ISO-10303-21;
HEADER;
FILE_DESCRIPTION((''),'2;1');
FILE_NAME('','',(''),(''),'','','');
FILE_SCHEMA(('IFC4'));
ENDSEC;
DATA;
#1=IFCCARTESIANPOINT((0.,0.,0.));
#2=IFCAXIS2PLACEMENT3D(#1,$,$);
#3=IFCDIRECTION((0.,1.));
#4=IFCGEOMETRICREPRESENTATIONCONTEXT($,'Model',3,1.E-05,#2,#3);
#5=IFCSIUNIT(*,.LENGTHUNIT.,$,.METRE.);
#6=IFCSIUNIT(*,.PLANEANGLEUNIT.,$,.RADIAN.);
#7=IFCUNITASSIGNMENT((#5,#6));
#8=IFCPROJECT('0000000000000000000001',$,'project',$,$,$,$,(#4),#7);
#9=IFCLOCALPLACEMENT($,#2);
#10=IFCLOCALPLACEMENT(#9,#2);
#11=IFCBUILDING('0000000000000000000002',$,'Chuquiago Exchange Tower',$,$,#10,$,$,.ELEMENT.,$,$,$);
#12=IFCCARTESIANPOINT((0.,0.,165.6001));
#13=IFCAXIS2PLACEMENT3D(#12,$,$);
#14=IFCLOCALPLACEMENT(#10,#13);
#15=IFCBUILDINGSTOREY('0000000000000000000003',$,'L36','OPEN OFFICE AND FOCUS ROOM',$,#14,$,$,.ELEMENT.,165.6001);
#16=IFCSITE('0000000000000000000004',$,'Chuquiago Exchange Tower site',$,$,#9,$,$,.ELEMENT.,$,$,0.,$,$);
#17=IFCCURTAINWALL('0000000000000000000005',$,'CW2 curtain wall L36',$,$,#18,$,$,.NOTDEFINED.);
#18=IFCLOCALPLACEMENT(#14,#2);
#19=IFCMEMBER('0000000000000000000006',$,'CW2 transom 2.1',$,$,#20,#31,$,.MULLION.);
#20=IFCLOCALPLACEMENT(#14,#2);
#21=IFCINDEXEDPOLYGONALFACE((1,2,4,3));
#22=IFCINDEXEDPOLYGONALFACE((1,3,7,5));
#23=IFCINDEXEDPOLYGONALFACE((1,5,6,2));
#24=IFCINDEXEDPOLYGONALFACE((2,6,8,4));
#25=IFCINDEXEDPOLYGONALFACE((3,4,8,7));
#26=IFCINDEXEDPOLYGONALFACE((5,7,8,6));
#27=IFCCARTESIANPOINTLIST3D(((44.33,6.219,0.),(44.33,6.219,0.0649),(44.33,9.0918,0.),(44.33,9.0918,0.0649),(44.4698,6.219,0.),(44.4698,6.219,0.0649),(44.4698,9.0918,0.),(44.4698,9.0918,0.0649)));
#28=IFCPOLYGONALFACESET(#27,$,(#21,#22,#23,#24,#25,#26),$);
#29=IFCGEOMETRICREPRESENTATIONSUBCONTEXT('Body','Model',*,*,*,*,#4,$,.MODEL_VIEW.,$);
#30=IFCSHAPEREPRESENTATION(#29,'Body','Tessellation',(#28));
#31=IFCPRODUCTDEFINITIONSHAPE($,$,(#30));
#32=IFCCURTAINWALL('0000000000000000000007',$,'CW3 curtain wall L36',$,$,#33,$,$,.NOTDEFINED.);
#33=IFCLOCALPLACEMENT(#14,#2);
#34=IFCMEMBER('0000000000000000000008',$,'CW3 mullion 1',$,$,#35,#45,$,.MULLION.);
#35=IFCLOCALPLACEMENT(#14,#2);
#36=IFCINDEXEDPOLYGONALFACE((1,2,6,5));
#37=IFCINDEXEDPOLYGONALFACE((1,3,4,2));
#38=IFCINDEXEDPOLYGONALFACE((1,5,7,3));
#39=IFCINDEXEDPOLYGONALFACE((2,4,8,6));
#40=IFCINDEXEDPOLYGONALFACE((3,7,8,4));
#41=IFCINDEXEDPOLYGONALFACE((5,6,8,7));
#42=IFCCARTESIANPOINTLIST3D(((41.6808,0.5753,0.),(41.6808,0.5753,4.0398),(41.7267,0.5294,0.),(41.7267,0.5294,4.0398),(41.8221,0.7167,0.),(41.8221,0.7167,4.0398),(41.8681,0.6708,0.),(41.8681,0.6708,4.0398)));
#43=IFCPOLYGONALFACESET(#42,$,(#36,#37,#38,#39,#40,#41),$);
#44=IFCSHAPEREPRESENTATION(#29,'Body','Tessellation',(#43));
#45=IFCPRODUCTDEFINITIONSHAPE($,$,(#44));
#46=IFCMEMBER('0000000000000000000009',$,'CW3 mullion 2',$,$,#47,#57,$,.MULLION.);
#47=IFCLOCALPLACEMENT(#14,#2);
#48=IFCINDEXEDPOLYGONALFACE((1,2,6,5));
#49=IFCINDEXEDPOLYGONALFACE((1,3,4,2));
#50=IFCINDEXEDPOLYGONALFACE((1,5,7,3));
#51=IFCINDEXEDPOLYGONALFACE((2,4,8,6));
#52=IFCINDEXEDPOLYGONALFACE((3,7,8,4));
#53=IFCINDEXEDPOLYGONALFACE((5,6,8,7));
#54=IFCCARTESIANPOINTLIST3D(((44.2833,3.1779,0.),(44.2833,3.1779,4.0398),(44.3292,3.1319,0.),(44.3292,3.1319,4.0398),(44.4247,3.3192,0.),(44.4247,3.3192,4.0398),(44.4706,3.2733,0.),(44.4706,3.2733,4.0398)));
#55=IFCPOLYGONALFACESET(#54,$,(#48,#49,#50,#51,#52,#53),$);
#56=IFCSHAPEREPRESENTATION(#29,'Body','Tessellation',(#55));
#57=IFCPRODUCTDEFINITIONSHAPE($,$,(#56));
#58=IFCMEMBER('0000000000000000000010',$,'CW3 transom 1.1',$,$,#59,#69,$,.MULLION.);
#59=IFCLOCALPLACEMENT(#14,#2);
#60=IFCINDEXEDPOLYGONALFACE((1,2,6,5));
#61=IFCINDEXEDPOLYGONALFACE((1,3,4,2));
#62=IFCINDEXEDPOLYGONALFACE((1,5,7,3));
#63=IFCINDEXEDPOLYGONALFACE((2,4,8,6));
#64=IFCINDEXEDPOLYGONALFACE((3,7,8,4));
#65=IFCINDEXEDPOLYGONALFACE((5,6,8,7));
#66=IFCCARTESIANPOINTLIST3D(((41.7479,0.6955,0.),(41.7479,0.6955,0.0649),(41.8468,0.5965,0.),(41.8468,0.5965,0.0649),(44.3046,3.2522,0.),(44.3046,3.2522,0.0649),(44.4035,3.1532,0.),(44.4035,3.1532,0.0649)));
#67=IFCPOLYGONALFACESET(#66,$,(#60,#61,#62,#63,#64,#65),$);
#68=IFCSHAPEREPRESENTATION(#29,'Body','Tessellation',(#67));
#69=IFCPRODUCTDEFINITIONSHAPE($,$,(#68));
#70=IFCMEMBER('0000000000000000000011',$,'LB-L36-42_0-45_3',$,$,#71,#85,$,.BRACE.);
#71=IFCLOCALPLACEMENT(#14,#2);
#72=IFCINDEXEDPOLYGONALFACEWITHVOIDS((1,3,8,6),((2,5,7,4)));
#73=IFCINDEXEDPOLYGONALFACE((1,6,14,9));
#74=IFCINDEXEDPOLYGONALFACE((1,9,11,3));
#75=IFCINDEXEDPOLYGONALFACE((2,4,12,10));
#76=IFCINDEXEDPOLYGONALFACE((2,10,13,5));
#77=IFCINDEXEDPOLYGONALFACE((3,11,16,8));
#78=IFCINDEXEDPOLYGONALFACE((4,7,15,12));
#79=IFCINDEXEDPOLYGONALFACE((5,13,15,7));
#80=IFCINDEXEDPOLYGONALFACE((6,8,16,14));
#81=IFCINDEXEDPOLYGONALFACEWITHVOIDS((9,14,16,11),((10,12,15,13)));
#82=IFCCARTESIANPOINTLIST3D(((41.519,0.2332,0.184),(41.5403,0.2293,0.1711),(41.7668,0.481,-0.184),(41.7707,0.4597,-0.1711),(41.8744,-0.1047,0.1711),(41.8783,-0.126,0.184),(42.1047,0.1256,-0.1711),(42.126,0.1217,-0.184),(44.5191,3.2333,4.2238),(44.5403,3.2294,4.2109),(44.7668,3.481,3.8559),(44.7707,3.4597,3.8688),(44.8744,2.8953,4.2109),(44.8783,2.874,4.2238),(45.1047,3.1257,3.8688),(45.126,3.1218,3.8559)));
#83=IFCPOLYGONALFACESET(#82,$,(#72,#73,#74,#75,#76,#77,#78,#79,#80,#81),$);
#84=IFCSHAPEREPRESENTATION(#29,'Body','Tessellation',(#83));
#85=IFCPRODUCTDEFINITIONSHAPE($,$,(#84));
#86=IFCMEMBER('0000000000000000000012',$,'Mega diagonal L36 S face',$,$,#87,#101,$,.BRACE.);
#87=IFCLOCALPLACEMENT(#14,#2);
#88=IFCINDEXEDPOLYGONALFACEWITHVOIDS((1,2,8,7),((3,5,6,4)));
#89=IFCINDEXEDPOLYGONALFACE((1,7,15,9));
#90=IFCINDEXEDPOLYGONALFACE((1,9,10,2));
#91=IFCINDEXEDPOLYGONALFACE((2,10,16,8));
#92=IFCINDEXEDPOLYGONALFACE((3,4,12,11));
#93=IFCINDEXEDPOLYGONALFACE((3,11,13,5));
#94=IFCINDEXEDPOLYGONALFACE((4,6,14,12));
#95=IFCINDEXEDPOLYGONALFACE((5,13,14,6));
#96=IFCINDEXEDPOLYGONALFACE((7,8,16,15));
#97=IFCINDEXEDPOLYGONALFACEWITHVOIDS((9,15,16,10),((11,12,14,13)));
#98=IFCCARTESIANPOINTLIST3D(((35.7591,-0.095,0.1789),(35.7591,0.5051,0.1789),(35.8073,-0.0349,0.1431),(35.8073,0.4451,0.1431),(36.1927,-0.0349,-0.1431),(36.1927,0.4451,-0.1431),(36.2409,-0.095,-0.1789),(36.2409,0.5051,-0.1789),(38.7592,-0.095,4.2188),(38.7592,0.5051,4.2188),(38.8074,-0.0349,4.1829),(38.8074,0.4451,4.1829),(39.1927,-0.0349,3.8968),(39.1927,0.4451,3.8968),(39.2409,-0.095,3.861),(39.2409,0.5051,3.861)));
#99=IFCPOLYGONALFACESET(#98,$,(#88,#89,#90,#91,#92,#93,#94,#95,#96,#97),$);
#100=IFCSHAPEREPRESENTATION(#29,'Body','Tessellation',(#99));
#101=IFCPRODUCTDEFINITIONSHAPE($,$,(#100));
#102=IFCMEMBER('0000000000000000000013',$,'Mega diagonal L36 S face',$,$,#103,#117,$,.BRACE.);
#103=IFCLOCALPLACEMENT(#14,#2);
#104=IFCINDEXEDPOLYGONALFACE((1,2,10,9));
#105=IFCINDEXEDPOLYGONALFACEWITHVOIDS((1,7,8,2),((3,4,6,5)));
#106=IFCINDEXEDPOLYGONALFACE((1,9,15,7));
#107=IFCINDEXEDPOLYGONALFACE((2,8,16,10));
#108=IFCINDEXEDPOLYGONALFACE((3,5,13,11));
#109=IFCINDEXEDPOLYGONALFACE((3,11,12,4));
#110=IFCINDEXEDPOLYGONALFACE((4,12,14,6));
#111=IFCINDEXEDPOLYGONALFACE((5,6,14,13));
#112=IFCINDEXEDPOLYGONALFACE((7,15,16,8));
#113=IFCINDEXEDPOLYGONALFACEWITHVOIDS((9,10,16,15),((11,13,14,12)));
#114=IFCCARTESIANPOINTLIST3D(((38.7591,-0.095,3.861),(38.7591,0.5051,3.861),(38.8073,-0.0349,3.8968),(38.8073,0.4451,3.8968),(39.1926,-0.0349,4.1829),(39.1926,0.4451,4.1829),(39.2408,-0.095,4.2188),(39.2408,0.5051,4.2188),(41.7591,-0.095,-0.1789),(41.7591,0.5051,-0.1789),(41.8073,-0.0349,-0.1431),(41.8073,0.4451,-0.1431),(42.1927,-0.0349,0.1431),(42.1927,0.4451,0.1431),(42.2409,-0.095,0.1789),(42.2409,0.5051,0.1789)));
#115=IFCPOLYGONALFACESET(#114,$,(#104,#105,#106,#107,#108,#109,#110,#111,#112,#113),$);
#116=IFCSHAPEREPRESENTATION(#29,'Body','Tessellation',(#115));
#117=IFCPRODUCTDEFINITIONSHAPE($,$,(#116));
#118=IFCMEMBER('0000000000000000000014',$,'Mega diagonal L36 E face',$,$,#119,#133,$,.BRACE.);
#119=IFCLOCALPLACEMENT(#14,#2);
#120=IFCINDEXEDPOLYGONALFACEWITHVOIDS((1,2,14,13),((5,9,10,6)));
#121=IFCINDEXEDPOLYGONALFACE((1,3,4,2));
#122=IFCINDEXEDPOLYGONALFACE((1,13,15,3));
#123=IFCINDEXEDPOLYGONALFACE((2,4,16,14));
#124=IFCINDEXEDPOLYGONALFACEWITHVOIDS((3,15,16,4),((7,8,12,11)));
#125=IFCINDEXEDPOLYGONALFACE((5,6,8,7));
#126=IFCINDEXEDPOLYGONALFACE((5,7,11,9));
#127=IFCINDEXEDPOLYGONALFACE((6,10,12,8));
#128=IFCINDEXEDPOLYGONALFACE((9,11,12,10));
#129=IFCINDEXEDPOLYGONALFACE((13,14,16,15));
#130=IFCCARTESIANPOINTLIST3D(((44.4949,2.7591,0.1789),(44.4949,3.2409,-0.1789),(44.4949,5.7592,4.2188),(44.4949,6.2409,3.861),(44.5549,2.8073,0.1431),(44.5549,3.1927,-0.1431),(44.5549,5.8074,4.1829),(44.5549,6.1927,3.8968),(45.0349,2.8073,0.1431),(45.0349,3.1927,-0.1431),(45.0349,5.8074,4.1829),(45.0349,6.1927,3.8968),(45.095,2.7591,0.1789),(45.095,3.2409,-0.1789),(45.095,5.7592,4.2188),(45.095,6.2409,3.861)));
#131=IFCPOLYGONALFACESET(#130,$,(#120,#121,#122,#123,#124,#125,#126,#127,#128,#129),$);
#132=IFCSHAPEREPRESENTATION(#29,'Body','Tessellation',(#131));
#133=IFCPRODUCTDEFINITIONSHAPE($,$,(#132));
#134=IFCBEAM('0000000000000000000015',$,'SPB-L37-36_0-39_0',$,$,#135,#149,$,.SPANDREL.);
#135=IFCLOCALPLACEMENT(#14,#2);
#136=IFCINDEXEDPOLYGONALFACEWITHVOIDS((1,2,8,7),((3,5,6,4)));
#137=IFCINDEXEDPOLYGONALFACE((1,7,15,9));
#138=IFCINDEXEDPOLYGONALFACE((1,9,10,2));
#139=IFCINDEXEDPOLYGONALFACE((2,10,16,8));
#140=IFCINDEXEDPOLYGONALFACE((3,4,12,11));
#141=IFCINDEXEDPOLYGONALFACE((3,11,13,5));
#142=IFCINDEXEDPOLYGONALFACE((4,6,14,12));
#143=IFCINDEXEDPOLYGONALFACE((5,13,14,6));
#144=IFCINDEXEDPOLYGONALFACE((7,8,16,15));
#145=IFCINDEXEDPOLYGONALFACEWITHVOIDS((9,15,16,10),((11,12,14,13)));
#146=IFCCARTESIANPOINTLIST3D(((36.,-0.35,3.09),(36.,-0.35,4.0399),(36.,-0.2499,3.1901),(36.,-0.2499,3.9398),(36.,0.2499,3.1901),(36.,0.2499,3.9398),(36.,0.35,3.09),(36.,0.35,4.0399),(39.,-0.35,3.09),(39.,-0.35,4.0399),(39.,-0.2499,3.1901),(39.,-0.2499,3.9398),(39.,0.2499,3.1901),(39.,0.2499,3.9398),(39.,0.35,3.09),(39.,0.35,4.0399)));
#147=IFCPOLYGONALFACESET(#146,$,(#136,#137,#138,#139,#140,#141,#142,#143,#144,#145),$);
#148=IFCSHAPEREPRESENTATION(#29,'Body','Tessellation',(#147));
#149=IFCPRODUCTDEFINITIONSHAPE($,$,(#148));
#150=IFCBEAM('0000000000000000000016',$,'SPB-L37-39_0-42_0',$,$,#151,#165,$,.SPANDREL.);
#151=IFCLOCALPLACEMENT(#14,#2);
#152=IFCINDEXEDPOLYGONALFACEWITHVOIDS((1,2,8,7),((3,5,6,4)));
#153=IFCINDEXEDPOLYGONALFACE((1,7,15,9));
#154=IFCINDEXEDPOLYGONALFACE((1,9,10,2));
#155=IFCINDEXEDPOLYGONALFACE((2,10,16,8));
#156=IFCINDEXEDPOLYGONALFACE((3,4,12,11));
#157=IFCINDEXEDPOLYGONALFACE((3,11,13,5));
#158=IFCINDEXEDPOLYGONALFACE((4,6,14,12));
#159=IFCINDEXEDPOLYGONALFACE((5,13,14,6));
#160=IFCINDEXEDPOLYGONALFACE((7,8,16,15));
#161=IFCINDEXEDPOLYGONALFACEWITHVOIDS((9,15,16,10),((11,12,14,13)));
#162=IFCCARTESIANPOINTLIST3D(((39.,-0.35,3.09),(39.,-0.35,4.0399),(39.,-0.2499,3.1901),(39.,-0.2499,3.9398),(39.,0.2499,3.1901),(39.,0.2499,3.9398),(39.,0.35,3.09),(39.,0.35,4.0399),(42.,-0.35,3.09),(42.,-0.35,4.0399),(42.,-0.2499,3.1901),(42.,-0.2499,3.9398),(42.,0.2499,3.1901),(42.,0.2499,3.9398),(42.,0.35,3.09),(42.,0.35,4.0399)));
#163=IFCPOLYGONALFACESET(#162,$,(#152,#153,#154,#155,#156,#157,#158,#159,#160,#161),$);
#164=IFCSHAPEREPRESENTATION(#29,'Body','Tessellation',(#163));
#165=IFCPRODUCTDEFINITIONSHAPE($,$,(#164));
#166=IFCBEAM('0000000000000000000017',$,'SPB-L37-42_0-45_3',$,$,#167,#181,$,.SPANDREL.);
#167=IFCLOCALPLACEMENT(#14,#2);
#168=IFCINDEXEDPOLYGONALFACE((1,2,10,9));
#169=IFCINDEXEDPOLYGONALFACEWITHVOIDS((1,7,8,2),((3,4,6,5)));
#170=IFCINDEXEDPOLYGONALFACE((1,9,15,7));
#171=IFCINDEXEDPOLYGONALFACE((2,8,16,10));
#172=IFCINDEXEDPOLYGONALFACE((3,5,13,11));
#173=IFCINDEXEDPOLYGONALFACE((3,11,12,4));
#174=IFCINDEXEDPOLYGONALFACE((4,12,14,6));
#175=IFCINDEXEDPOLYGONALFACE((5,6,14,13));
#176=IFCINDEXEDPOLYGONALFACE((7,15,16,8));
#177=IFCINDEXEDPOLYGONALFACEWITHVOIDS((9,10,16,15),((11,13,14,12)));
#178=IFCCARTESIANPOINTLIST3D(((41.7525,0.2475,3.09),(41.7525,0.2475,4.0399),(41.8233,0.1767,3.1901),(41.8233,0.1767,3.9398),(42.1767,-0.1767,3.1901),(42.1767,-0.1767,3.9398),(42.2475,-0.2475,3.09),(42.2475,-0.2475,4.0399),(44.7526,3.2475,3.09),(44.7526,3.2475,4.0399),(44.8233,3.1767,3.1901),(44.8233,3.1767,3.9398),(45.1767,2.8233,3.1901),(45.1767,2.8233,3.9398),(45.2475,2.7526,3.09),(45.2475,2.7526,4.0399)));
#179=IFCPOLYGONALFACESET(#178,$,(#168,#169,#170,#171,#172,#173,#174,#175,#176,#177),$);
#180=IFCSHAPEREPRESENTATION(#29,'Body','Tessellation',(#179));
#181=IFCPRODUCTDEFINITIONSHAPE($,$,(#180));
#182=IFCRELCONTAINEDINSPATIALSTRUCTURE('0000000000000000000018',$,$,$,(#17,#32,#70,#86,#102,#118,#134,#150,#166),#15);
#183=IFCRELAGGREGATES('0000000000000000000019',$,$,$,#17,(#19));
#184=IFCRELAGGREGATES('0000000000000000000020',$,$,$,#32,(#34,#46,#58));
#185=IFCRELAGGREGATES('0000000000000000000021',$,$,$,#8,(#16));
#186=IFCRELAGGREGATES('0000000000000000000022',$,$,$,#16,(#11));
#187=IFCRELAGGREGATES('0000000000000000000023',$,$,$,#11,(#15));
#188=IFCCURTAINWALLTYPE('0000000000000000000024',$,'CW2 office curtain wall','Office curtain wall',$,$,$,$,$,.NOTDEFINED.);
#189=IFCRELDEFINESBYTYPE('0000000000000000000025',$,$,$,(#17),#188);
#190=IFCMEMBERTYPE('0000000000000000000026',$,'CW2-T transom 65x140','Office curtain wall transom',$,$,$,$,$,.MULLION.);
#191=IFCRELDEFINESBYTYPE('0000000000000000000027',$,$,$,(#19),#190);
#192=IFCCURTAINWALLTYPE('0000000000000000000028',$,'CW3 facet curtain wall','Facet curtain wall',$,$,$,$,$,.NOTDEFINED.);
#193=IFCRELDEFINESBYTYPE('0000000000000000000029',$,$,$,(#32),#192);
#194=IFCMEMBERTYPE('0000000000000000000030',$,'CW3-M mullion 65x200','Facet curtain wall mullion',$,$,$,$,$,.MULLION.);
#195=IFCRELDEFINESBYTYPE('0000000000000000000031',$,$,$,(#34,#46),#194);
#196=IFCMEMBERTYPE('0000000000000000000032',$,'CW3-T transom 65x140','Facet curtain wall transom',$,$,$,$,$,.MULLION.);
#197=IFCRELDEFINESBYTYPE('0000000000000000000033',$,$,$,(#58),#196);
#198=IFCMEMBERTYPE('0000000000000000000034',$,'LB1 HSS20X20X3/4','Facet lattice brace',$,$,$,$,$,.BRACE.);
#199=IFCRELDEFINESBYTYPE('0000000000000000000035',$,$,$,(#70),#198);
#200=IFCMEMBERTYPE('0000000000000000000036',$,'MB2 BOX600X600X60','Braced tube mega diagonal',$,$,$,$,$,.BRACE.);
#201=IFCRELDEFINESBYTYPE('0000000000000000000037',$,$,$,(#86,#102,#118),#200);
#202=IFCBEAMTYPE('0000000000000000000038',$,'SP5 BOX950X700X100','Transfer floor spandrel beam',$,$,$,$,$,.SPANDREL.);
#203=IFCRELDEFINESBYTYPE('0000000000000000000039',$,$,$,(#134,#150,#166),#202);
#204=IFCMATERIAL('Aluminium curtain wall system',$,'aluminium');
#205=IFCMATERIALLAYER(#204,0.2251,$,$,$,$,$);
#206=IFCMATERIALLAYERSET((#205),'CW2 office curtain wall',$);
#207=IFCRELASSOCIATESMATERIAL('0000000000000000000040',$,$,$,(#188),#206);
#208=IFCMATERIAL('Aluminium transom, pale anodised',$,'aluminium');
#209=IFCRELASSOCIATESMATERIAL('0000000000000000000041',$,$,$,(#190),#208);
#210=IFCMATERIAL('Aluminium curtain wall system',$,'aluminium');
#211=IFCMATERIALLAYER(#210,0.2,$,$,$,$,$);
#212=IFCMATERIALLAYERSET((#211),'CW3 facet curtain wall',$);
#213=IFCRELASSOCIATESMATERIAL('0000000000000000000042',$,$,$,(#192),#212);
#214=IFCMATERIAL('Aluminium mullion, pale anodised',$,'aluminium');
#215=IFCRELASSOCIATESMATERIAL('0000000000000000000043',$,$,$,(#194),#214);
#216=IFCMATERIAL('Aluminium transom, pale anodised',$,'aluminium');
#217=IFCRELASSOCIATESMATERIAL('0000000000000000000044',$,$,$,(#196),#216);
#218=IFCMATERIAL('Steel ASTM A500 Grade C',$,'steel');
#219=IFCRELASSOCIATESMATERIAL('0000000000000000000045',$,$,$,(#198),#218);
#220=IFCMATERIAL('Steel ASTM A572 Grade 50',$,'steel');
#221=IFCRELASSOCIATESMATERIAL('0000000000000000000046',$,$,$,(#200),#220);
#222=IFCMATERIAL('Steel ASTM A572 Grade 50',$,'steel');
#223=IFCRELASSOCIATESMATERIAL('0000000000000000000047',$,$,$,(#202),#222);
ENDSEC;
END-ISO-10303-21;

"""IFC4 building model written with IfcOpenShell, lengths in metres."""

from ifc_helpers import new_model, si_unit, direction, frame, origin, origin_2d, place, context, subcontext, project, spatial, rectangle, hollow_rectangle, extrude, material, layer, layer_set, material_profile, profile_set, type_object, element, aggregate, save


model = new_model("IFC4")

# Units and contexts
model_context = context("Model", 3, precision=1e-05, world=origin(), true_north=direction((0.0, 1.0)))
body_context = subcontext(model_context, "Body", "Model", "MODEL_VIEW")
ifc_project = project(units=[si_unit("LENGTHUNIT", "METRE"), si_unit("PLANEANGLEUNIT", "RADIAN")], contexts=[model_context])

# Site, building, storey
site_placement = place(None, origin())
site = spatial("IfcSite", under=ifc_project, at=site_placement, Name="Chuquiago Exchange Tower site", CompositionType="ELEMENT", RefElevation=0.0)
building_placement = place(site_placement, origin())
building = spatial("IfcBuilding", under=site, at=building_placement, Name="Chuquiago Exchange Tower", CompositionType="ELEMENT")
storey_placement = place(building_placement, frame((0.0, 0.0, 165.6001)))
storey = spatial("IfcBuildingStorey", under=building, at=storey_placement, Name="L36", Description="OPEN OFFICE AND FOCUS ROOM", CompositionType="ELEMENT", Elevation=165.6001)

# Curtain wall
ifc_material_1 = material(Name="Aluminium curtain wall system", Category="aluminium")
ifc_layer_1 = layer(ifc_material_1, 0.2251)
ifc_layer_set_1 = layer_set([ifc_layer_1], Name="CW2 office curtain wall")
curtain_wall_type_1 = type_object("IfcCurtainWallType", Name="CW2 office curtain wall", Description="Office curtain wall", PredefinedType="NOTDEFINED", material=ifc_layer_set_1)
curtain_wall_1_placement = place(storey_placement, origin())
curtain_wall_1 = element("IfcCurtainWall", 1, at=curtain_wall_1_placement, inside=storey, type_object=curtain_wall_type_1, Name="CW2 curtain wall L36", PredefinedType="NOTDEFINED")

# Member
ifc_material_2 = material(Name="Aluminium transom, pale anodised", Category="aluminium")
ifc_material_profile_1 = material_profile(ifc_material_2, rectangle(XDim=0.1399, YDim=0.0649, at=origin_2d()), Name="AL 140x65")
ifc_profile_set_1 = profile_set([ifc_material_profile_1], Name="Aluminium transom, pale anodised")
member_type_1 = type_object("IfcMemberType", Name="CW2-T transom 65x140", Description="Office curtain wall transom", PredefinedType="MULLION", material=ifc_profile_set_1)
member_1_placement = place(storey_placement, frame((44.3999, 6.219, 0.0325), z_axis=(0.0, 1.0, 0.0), x_axis=(-1.0, 0.0, 0.0)))
member_1 = element("IfcMember", 2, at=member_1_placement, type_object=member_type_1, Name="CW2 transom 2.1", PredefinedType="MULLION", context=body_context, shape_type="SweptSolid", body=[
    extrude(rectangle(XDim=0.1399, YDim=0.0649, at=origin_2d()), origin(), (0.0, 0.0, 1.0), 2.8728),
])

# Curtain wall, members
ifc_material_3 = material(Name="Aluminium curtain wall system", Category="aluminium")
ifc_layer_2 = layer(ifc_material_3, 0.2)
ifc_layer_set_2 = layer_set([ifc_layer_2], Name="CW3 facet curtain wall")
curtain_wall_type_2 = type_object("IfcCurtainWallType", Name="CW3 facet curtain wall", Description="Facet curtain wall", PredefinedType="NOTDEFINED", material=ifc_layer_set_2)
curtain_wall_2_placement = place(storey_placement, origin())
curtain_wall_2 = element("IfcCurtainWall", 3, at=curtain_wall_2_placement, inside=storey, type_object=curtain_wall_type_2, Name="CW3 curtain wall L36", PredefinedType="NOTDEFINED")
ifc_material_4 = material(Name="Aluminium mullion, pale anodised", Category="aluminium")
ifc_material_profile_2 = material_profile(ifc_material_4, rectangle(XDim=0.0649, YDim=0.2, at=origin_2d()), Name="AL 65x200")
ifc_profile_set_2 = profile_set([ifc_material_profile_2], Name="Aluminium mullion, pale anodised")
member_type_2 = type_object("IfcMemberType", Name="CW3-M mullion 65x200", Description="Facet curtain wall mullion", PredefinedType="MULLION", material=ifc_profile_set_2)
member_2_placement = place(storey_placement, frame((41.7744, 0.623, 0.0), z_axis=(0.0, 0.0, 1.0), x_axis=(-0.707107, 0.707107, 0.0)))
member_2 = element("IfcMember", 4, at=member_2_placement, type_object=member_type_2, Name="CW3 mullion 1", PredefinedType="MULLION", context=body_context, shape_type="SweptSolid", body=[
    extrude(rectangle(XDim=0.0649, YDim=0.2, at=origin_2d()), origin(), (0.0, 0.0, 1.0), 4.0398),
])
member_3_placement = place(storey_placement, frame((44.377, 3.2256, 0.0), z_axis=(0.0, 0.0, 1.0), x_axis=(-0.707107, 0.707107, 0.0)))
member_3 = element("IfcMember", 5, at=member_3_placement, type_object=member_type_2, Name="CW3 mullion 2", PredefinedType="MULLION", context=body_context, shape_type="SweptSolid", body=[
    extrude(rectangle(XDim=0.0649, YDim=0.2, at=origin_2d()), origin(), (0.0, 0.0, 1.0), 4.0398),
])
ifc_material_5 = material(Name="Aluminium transom, pale anodised", Category="aluminium")
ifc_material_profile_3 = material_profile(ifc_material_5, rectangle(XDim=0.1399, YDim=0.0649, at=origin_2d()), Name="AL 140x65")
ifc_profile_set_3 = profile_set([ifc_material_profile_3], Name="Aluminium transom, pale anodised")
member_type_3 = type_object("IfcMemberType", Name="CW3-T transom 65x140", Description="Facet curtain wall transom", PredefinedType="MULLION", material=ifc_profile_set_3)
member_4_placement = place(storey_placement, frame((41.7974, 0.646, 0.0325), z_axis=(0.707107, 0.707107, 0.0), x_axis=(-0.707107, 0.707107, 0.0)))
member_4 = element("IfcMember", 6, at=member_4_placement, type_object=member_type_3, Name="CW3 transom 1.1", PredefinedType="MULLION", context=body_context, shape_type="SweptSolid", body=[
    extrude(rectangle(XDim=0.1399, YDim=0.0649, at=origin_2d()), origin(), (0.0, 0.0, 1.0), 3.6157),
])

# Members
ifc_material_6 = material(Name="Steel ASTM A500 Grade C", Category="steel")
ifc_material_profile_4 = material_profile(ifc_material_6, hollow_rectangle(XDim=0.5081, YDim=0.5081, WallThickness=0.0178, at=origin_2d()), Name="HSS20X20X3/4")
ifc_profile_set_4 = profile_set([ifc_material_profile_4], Name="Steel ASTM A500 Grade C")
member_type_4 = type_object("IfcMemberType", Name="LB1 HSS20X20X3/4", Description="Facet lattice brace", PredefinedType="BRACE", material=ifc_profile_set_4)
member_5_placement = place(storey_placement, frame((41.8225, 0.1775, 0.0), z_axis=(0.512092, 0.512092, 0.689582), x_axis=(-0.707107, 0.707107, 0.0)))
element("IfcMember", 7, at=member_5_placement, inside=storey, type_object=member_type_4, Name="LB-L36-42_0-45_3", PredefinedType="BRACE", context=body_context, shape_type="SweptSolid", body=[
    extrude(hollow_rectangle(XDim=0.5081, YDim=0.5081, WallThickness=0.0178, at=origin_2d()), origin(), (0.0, 0.0, 1.0), 5.8584),
])
ifc_material_7 = material(Name="Steel ASTM A572 Grade 50", Category="steel")
ifc_material_profile_5 = material_profile(ifc_material_7, hollow_rectangle(XDim=0.6001, YDim=0.6001, WallThickness=0.0601, at=origin_2d()), Name="BOX600X600X60")
ifc_profile_set_5 = profile_set([ifc_material_profile_5], Name="Steel ASTM A572 Grade 50")
member_type_5 = type_object("IfcMemberType", Name="MB2 BOX600X600X60", Description="Braced tube mega diagonal", PredefinedType="BRACE", material=ifc_profile_set_5)
for number, where, z_axis, x_axis, name in (
    (8, (36.0, 0.2051, 0.0), (0.596197, 0.0, 0.802838), (0.0, 1.0, 0.0), "Mega diagonal L36 S face"),
    (9, (42.0, 0.2051, 0.0), (-0.596197, 0.0, 0.802838), (0.0, -1.0, 0.0), "Mega diagonal L36 S face"),
    (10, (44.7949, 3.0, 0.0), (0.0, 0.596197, 0.802838), (-1.0, 0.0, 0.0), "Mega diagonal L36 E face"),
):
    element("IfcMember", number, at=place(storey_placement, frame(where, z_axis=z_axis, x_axis=x_axis)), inside=storey, type_object=member_type_5, Name=name, PredefinedType="BRACE", context=body_context, shape_type="SweptSolid", body=[
        extrude(hollow_rectangle(XDim=0.6001, YDim=0.6001, WallThickness=0.0601, at=origin_2d()), origin(), (0.0, 0.0, 1.0), 5.032),
    ])

# Beams
ifc_material_8 = material(Name="Steel ASTM A572 Grade 50", Category="steel")
ifc_material_profile_6 = material_profile(ifc_material_8, hollow_rectangle(XDim=0.7, YDim=0.95, WallThickness=0.1001, at=origin_2d()), Name="BOX950X700X100")
ifc_profile_set_6 = profile_set([ifc_material_profile_6], Name="Steel ASTM A572 Grade 50")
beam_type = type_object("IfcBeamType", Name="SP5 BOX950X700X100", Description="Transfer floor spandrel beam", PredefinedType="SPANDREL", material=ifc_profile_set_6)
for number, where, z_axis, x_axis, name in (
    (11, (36.0, 0.0, 3.5649), (1.0, 0.0, 0.0), (0.0, 1.0, 0.0), "SPB-L37-36_0-39_0"),
    (12, (39.0, 0.0, 3.5649), (1.0, 0.0, 0.0), (0.0, 1.0, 0.0), "SPB-L37-39_0-42_0"),
):
    element("IfcBeam", number, at=place(storey_placement, frame(where, z_axis=z_axis, x_axis=x_axis)), inside=storey, type_object=beam_type, Name=name, PredefinedType="SPANDREL", context=body_context, shape_type="SweptSolid", body=[
        extrude(hollow_rectangle(XDim=0.7, YDim=0.95, WallThickness=0.1001, at=origin_2d()), origin(), (0.0, 0.0, 1.0), 3.0),
    ])
beam_placement = place(storey_placement, frame((42.0, 0.0, 3.5649), z_axis=(0.707107, 0.707107, 0.0), x_axis=(-0.707107, 0.707107, 0.0)))
element("IfcBeam", 13, at=beam_placement, inside=storey, type_object=beam_type, Name="SPB-L37-42_0-45_3", PredefinedType="SPANDREL", context=body_context, shape_type="SweptSolid", body=[
    extrude(hollow_rectangle(XDim=0.7, YDim=0.95, WallThickness=0.1001, at=origin_2d()), origin(), (0.0, 0.0, 1.0), 4.2427),
])

aggregate(curtain_wall_1, [member_1])
aggregate(curtain_wall_2, [member_2, member_3, member_4])

save(model, "model.ifc")
